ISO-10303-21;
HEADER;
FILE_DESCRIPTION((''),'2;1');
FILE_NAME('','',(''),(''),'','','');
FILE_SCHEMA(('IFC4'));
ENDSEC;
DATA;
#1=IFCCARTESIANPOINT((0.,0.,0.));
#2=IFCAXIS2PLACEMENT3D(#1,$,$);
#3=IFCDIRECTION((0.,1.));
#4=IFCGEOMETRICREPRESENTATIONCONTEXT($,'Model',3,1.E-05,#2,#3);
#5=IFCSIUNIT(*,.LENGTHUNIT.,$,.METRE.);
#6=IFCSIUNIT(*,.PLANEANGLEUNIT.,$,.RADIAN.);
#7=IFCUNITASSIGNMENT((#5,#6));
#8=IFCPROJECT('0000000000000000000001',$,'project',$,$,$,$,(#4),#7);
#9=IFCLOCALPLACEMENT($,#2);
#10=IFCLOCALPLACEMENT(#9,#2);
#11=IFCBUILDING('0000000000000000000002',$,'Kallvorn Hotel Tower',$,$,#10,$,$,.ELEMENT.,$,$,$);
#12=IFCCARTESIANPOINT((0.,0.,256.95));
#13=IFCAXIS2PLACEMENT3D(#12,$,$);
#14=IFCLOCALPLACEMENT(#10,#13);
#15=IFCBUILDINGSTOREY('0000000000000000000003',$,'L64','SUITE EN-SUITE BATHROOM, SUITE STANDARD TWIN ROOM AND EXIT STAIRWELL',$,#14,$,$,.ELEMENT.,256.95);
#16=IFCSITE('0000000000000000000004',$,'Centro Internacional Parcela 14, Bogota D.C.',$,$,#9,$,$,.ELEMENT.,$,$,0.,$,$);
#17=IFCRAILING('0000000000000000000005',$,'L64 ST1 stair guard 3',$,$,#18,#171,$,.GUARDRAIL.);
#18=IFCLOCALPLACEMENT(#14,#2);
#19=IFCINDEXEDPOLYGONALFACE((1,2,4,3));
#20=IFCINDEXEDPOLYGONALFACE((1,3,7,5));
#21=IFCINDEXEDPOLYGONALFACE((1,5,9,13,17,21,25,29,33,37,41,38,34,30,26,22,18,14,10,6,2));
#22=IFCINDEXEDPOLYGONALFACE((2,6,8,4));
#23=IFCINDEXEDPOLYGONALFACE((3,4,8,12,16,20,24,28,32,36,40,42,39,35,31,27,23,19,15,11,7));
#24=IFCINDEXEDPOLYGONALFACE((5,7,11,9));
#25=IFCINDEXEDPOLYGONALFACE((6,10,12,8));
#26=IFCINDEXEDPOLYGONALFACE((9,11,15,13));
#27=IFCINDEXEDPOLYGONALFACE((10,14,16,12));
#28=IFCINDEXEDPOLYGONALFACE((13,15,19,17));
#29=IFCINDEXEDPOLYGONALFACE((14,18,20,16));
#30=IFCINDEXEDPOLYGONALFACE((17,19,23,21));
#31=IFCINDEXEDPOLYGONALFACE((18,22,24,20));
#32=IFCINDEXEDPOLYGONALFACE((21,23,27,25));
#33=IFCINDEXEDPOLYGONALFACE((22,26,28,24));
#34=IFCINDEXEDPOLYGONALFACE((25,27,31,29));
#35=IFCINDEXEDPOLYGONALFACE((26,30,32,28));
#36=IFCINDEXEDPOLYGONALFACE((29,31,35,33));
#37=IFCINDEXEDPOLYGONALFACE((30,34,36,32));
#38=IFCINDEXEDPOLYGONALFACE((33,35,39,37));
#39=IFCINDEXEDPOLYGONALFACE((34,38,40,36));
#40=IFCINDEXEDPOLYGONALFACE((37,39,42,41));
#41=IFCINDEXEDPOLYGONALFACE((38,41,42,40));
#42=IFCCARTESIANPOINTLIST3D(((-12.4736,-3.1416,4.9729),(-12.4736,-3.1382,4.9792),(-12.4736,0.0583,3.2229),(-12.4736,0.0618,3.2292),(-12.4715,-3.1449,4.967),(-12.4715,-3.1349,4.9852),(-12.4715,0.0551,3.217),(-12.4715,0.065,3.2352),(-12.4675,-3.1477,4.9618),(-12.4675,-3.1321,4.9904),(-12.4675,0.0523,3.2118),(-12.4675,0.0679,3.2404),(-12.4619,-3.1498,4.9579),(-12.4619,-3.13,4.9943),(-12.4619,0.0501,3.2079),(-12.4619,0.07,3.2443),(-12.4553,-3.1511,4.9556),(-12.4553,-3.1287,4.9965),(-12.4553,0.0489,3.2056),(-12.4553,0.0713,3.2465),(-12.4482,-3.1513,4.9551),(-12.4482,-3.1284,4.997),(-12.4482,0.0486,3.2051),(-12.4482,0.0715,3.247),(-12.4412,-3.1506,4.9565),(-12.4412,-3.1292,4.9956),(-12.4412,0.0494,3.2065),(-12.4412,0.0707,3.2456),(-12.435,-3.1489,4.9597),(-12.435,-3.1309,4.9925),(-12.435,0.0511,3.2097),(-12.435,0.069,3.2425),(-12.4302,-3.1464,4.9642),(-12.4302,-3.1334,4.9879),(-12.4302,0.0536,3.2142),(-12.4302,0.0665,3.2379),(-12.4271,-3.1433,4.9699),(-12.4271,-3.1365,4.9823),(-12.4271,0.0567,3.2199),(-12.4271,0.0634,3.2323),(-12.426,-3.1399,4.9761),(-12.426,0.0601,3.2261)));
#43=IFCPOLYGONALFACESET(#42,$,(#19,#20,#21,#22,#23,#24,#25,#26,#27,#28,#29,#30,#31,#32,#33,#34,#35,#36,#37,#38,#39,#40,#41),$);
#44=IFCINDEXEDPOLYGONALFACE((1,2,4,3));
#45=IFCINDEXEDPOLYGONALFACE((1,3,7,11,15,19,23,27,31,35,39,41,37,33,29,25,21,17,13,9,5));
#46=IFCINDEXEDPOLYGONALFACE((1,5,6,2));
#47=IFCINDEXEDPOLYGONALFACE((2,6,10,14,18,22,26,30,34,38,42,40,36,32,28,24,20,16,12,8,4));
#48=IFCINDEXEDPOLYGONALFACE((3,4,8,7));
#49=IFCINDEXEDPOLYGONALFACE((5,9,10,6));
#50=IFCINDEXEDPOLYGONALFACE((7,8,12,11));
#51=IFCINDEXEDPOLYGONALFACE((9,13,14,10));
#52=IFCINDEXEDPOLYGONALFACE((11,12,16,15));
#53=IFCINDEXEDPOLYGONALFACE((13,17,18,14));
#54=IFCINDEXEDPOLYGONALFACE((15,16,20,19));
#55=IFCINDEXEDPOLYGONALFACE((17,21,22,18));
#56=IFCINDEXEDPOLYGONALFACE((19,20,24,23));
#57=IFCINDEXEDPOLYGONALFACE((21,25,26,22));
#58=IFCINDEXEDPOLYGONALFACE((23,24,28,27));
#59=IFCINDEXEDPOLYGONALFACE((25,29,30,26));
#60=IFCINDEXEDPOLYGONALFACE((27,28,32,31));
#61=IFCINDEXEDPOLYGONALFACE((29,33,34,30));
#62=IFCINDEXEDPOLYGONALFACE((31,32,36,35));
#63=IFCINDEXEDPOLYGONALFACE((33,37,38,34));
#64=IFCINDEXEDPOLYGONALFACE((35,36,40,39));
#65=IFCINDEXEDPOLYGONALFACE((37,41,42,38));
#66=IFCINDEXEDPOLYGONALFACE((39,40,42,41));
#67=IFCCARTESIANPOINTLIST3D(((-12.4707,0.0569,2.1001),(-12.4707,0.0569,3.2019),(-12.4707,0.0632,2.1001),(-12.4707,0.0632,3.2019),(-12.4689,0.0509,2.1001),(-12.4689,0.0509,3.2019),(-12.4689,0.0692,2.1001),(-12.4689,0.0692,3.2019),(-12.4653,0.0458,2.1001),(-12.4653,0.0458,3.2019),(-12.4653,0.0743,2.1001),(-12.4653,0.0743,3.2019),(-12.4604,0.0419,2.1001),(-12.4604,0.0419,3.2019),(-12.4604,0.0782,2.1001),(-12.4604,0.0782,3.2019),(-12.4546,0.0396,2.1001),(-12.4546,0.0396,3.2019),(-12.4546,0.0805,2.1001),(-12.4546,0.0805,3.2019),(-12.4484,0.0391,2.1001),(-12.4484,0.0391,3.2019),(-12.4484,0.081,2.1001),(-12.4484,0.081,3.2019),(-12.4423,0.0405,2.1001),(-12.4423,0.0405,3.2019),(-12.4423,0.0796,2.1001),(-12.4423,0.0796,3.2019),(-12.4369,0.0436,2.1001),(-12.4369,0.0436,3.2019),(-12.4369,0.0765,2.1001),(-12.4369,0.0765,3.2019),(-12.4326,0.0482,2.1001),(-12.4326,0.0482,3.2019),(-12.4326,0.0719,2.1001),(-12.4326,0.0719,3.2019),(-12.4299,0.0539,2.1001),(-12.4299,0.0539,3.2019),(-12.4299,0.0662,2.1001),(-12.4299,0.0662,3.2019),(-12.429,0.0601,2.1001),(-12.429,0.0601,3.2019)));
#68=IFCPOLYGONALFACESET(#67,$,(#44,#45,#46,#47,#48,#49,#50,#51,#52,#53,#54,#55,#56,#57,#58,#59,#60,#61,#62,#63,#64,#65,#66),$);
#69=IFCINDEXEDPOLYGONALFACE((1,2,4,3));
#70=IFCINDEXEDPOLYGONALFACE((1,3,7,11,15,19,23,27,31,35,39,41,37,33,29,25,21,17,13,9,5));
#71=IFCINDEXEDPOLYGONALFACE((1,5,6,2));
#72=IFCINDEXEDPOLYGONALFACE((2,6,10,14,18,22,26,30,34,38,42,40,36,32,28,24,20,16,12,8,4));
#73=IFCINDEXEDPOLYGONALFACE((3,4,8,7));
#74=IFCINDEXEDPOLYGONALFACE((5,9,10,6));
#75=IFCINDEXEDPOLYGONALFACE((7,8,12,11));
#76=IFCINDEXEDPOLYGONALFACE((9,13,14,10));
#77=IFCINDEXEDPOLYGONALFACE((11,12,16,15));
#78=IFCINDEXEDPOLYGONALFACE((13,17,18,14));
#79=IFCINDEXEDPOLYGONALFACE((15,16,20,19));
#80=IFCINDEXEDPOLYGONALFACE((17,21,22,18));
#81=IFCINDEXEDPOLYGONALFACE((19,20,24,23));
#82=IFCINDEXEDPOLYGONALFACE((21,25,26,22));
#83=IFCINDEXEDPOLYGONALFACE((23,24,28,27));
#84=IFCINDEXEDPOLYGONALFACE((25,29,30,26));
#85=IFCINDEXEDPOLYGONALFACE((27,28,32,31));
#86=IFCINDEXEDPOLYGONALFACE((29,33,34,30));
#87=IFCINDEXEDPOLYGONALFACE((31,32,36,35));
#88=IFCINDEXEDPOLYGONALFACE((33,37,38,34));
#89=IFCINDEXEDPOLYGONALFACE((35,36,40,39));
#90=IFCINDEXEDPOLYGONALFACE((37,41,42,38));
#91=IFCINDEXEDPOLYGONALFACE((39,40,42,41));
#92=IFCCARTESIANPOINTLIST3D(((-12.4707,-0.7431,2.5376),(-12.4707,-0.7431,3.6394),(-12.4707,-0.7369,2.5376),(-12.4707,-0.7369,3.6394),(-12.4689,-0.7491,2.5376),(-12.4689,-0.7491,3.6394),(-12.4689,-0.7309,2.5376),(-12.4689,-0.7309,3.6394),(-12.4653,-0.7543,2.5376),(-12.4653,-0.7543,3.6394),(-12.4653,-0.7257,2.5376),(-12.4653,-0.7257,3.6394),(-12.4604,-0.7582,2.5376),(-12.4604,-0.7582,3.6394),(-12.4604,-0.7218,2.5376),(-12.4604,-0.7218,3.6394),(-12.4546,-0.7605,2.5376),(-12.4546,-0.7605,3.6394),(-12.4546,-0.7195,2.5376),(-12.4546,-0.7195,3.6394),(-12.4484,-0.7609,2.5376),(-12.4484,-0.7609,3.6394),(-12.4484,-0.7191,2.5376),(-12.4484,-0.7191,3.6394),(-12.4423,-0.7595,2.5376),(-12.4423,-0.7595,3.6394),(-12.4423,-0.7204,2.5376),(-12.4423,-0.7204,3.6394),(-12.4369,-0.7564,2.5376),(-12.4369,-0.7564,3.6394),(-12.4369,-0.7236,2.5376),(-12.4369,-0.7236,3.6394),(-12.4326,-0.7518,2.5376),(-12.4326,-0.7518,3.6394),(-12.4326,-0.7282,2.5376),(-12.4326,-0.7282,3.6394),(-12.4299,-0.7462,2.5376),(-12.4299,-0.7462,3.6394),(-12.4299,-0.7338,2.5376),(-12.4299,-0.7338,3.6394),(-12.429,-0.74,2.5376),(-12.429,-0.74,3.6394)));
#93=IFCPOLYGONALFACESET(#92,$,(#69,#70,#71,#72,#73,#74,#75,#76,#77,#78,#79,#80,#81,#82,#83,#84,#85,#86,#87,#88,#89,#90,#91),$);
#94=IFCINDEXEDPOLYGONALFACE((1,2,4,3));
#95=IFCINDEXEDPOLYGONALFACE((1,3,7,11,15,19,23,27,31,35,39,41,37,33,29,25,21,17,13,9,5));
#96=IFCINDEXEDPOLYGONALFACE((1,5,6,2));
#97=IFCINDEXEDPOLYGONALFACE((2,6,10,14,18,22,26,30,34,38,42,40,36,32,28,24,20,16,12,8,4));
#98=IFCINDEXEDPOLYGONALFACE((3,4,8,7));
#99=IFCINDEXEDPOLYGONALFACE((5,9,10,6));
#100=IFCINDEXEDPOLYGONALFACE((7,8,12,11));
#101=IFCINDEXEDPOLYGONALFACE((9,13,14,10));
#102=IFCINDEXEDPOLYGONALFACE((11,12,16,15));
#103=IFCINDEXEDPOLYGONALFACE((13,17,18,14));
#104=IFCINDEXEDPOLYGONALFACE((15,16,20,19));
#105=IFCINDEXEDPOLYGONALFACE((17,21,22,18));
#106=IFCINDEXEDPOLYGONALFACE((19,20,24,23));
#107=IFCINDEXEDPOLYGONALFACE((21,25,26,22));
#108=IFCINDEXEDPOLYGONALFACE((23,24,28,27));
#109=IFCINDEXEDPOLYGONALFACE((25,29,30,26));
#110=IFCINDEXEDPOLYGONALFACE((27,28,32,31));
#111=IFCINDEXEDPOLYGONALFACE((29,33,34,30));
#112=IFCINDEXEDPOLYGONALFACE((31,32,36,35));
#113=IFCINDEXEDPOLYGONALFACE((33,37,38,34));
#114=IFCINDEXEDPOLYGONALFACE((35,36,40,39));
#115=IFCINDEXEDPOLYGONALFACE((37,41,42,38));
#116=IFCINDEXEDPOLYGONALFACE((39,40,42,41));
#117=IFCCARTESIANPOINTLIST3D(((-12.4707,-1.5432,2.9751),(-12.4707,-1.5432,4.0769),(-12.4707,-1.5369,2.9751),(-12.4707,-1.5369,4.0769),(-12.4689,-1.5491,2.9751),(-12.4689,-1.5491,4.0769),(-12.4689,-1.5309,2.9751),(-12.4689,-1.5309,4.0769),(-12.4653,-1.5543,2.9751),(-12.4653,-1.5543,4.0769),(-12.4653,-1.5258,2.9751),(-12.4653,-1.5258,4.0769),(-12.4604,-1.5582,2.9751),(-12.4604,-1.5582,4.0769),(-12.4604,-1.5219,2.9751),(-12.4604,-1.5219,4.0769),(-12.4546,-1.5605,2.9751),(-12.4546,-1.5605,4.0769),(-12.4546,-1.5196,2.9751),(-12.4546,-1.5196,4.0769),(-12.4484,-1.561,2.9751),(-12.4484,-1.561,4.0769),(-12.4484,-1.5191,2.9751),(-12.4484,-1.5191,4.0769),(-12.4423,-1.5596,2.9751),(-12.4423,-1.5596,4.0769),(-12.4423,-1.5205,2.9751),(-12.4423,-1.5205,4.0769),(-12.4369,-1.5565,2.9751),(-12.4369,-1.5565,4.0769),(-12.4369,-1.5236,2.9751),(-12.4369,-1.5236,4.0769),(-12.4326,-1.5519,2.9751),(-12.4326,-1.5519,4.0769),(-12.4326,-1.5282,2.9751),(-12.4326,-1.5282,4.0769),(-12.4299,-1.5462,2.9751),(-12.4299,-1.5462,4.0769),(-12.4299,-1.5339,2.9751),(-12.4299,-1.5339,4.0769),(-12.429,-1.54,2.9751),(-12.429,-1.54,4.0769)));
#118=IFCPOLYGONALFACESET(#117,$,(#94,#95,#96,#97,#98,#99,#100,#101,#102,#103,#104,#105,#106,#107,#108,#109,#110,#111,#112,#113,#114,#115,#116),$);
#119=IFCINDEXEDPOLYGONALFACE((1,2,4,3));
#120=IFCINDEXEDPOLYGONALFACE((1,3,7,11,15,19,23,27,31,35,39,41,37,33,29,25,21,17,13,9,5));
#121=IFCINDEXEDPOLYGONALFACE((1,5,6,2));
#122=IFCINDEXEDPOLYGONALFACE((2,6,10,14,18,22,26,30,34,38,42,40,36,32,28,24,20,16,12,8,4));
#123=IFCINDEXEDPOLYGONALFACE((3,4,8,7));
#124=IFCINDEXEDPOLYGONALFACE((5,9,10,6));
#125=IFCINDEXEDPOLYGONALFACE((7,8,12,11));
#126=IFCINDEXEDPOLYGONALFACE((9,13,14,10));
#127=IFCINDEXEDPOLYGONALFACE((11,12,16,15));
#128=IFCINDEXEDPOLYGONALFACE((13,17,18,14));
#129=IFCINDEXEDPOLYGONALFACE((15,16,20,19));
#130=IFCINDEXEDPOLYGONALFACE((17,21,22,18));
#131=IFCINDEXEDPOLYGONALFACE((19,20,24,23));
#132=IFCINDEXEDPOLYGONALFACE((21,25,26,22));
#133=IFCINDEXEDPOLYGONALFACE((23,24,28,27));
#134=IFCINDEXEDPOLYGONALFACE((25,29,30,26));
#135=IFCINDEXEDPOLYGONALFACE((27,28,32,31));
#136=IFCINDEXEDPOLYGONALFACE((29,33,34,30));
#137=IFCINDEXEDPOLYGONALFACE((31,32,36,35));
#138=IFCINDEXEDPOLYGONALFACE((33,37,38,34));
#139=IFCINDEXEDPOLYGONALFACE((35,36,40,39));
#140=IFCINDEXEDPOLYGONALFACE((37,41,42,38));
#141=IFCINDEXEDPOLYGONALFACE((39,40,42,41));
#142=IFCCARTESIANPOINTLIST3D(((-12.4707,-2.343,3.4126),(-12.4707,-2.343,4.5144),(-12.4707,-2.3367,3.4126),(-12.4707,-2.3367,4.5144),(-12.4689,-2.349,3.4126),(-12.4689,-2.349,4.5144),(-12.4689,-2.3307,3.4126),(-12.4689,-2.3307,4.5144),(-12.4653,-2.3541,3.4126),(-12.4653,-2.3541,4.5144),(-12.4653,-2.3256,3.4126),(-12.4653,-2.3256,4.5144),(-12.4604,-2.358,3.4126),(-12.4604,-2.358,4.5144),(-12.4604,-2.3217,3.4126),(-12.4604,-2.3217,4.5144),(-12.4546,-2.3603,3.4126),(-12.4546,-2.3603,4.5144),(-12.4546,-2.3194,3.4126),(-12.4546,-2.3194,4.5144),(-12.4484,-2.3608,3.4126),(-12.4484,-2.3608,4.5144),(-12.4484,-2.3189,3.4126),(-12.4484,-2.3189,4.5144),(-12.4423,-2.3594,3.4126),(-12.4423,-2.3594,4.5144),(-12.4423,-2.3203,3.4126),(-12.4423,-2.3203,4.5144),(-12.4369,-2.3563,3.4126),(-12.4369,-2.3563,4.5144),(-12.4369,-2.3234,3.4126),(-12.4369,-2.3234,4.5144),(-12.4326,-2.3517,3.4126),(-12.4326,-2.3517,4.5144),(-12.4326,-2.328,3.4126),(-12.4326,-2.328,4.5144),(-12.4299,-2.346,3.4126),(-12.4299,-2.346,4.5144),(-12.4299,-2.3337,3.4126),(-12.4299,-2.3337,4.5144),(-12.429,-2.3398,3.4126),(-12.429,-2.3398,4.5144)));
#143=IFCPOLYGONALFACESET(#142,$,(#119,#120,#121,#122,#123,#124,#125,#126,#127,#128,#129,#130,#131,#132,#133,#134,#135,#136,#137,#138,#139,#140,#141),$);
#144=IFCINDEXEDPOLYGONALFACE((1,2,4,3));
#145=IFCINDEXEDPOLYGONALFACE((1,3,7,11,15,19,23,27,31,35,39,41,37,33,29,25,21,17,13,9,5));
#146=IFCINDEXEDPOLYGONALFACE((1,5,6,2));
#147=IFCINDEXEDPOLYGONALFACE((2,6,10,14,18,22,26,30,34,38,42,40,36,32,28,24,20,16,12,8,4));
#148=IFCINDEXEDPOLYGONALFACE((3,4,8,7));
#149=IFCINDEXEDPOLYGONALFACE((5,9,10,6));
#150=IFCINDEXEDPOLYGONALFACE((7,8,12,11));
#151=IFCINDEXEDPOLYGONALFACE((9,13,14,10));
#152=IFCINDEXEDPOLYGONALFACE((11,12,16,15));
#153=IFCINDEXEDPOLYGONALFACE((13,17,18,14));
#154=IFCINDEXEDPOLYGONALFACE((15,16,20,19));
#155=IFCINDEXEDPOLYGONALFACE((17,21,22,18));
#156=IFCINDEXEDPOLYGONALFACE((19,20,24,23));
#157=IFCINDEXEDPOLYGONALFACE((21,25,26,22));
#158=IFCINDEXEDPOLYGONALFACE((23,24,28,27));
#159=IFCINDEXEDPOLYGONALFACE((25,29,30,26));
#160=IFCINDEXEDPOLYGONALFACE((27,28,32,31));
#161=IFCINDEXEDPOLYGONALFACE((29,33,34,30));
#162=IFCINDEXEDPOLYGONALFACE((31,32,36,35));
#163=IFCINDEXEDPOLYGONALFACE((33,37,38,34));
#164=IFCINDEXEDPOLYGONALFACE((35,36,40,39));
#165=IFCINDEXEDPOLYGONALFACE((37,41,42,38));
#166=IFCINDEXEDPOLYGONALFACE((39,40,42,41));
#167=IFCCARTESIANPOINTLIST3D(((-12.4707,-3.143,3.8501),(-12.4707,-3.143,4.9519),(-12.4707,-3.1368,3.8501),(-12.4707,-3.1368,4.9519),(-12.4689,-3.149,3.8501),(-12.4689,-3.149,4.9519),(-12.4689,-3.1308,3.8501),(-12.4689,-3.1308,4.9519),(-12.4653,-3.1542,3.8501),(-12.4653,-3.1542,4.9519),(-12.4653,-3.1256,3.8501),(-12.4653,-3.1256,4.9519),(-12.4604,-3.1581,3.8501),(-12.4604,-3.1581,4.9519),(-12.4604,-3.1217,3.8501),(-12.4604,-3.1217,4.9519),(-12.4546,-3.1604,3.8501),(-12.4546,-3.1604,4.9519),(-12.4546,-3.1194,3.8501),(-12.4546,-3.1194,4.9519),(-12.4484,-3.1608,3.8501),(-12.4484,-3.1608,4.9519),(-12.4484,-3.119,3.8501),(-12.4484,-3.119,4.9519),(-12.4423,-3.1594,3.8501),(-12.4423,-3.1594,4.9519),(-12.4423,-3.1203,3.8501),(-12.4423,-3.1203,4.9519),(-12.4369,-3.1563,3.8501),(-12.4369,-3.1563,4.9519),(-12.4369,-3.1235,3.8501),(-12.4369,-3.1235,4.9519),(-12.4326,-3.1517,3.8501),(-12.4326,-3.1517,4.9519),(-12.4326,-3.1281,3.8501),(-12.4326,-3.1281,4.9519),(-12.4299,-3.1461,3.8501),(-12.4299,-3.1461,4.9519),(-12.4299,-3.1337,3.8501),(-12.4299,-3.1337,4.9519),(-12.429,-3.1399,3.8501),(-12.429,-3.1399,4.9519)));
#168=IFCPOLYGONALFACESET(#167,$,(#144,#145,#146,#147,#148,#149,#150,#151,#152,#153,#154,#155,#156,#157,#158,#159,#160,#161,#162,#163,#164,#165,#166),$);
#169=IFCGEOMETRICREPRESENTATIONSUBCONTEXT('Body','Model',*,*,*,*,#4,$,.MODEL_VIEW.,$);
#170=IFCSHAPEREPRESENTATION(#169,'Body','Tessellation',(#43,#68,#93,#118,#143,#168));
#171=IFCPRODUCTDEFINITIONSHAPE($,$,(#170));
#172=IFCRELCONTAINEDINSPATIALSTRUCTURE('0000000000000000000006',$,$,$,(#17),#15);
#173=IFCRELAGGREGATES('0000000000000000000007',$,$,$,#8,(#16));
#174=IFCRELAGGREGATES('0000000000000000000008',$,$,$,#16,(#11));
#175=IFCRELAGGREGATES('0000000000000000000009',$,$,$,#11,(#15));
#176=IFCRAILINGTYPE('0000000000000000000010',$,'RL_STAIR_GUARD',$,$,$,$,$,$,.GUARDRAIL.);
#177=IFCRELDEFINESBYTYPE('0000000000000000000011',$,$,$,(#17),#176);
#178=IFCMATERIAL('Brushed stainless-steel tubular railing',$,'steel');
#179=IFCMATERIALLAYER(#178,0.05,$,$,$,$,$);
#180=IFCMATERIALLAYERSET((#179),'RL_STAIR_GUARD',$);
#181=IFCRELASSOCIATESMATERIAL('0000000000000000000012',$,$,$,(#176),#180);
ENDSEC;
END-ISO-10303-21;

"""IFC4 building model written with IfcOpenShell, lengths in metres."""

from ifc_helpers import new_model, si_unit, direction, frame, origin, origin_2d, place, context, subcontext, project, spatial, circle, extrude, material, layer, layer_set, type_object, element, save


model = new_model("IFC4")

# Units and contexts
model_context = context("Model", 3, precision=1e-05, world=origin(), true_north=direction((0.0, 1.0)))
body_context = subcontext(model_context, "Body", "Model", "MODEL_VIEW")
ifc_project = project(units=[si_unit("LENGTHUNIT", "METRE"), si_unit("PLANEANGLEUNIT", "RADIAN")], contexts=[model_context])

# Site, building, storey
site_placement = place(None, origin())
site = spatial("IfcSite", under=ifc_project, at=site_placement, Name="Centro Internacional Parcela 14, Bogota D.C.", CompositionType="ELEMENT", RefElevation=0.0)
building_placement = place(site_placement, origin())
building = spatial("IfcBuilding", under=site, at=building_placement, Name="Kallvorn Hotel Tower", CompositionType="ELEMENT")
storey_placement = place(building_placement, frame((0.0, 0.0, 256.95)))
storey = spatial("IfcBuildingStorey", under=building, at=storey_placement, Name="L64", Description="SUITE EN-SUITE BATHROOM, SUITE STANDARD TWIN ROOM AND EXIT STAIRWELL", CompositionType="ELEMENT", Elevation=256.95)

# Railing
ifc_material_1 = material(Name="Brushed stainless-steel tubular railing", Category="steel")
ifc_layer_1 = layer(ifc_material_1, 0.05)
ifc_layer_set_1 = layer_set([ifc_layer_1], Name="RL_STAIR_GUARD")
railing_type_1 = type_object("IfcRailingType", Name="RL_STAIR_GUARD", PredefinedType="GUARDRAIL", material=ifc_layer_set_1)
railing_1_placement = place(storey_placement, frame((-12.45, 0.0601, 2.1001)))
element("IfcRailing", 1, at=railing_1_placement, inside=storey, type_object=railing_type_1, Name="L64 ST1 stair guard 3", PredefinedType="GUARDRAIL", context=body_context, shape_type="SweptSolid", body=[
    extrude(circle(Radius=0.0239, at=origin_2d()), frame((0.0, 0.0, 1.126), z_axis=(0.0, -0.877368, 0.479818), x_axis=(1.0, 0.0, 0.0)), (0.0, 0.0, 1.0), 3.6472),
    extrude(circle(Radius=0.021, at=origin_2d()), origin(), (0.0, 0.0, 1.0), 1.1018),
    extrude(circle(Radius=0.021, at=origin_2d()), frame((0.0, -0.8, 0.4375)), (0.0, 0.0, 1.0), 1.1018),
    extrude(circle(Radius=0.021, at=origin_2d()), frame((0.0, -1.6001, 0.875)), (0.0, 0.0, 1.0), 1.1018),
    extrude(circle(Radius=0.021, at=origin_2d()), frame((0.0, -2.3999, 1.3125)), (0.0, 0.0, 1.0), 1.1018),
    extrude(circle(Radius=0.021, at=origin_2d()), frame((0.0, -3.2, 1.75)), (0.0, 0.0, 1.0), 1.1018),
])

save(model, "model.ifc")
